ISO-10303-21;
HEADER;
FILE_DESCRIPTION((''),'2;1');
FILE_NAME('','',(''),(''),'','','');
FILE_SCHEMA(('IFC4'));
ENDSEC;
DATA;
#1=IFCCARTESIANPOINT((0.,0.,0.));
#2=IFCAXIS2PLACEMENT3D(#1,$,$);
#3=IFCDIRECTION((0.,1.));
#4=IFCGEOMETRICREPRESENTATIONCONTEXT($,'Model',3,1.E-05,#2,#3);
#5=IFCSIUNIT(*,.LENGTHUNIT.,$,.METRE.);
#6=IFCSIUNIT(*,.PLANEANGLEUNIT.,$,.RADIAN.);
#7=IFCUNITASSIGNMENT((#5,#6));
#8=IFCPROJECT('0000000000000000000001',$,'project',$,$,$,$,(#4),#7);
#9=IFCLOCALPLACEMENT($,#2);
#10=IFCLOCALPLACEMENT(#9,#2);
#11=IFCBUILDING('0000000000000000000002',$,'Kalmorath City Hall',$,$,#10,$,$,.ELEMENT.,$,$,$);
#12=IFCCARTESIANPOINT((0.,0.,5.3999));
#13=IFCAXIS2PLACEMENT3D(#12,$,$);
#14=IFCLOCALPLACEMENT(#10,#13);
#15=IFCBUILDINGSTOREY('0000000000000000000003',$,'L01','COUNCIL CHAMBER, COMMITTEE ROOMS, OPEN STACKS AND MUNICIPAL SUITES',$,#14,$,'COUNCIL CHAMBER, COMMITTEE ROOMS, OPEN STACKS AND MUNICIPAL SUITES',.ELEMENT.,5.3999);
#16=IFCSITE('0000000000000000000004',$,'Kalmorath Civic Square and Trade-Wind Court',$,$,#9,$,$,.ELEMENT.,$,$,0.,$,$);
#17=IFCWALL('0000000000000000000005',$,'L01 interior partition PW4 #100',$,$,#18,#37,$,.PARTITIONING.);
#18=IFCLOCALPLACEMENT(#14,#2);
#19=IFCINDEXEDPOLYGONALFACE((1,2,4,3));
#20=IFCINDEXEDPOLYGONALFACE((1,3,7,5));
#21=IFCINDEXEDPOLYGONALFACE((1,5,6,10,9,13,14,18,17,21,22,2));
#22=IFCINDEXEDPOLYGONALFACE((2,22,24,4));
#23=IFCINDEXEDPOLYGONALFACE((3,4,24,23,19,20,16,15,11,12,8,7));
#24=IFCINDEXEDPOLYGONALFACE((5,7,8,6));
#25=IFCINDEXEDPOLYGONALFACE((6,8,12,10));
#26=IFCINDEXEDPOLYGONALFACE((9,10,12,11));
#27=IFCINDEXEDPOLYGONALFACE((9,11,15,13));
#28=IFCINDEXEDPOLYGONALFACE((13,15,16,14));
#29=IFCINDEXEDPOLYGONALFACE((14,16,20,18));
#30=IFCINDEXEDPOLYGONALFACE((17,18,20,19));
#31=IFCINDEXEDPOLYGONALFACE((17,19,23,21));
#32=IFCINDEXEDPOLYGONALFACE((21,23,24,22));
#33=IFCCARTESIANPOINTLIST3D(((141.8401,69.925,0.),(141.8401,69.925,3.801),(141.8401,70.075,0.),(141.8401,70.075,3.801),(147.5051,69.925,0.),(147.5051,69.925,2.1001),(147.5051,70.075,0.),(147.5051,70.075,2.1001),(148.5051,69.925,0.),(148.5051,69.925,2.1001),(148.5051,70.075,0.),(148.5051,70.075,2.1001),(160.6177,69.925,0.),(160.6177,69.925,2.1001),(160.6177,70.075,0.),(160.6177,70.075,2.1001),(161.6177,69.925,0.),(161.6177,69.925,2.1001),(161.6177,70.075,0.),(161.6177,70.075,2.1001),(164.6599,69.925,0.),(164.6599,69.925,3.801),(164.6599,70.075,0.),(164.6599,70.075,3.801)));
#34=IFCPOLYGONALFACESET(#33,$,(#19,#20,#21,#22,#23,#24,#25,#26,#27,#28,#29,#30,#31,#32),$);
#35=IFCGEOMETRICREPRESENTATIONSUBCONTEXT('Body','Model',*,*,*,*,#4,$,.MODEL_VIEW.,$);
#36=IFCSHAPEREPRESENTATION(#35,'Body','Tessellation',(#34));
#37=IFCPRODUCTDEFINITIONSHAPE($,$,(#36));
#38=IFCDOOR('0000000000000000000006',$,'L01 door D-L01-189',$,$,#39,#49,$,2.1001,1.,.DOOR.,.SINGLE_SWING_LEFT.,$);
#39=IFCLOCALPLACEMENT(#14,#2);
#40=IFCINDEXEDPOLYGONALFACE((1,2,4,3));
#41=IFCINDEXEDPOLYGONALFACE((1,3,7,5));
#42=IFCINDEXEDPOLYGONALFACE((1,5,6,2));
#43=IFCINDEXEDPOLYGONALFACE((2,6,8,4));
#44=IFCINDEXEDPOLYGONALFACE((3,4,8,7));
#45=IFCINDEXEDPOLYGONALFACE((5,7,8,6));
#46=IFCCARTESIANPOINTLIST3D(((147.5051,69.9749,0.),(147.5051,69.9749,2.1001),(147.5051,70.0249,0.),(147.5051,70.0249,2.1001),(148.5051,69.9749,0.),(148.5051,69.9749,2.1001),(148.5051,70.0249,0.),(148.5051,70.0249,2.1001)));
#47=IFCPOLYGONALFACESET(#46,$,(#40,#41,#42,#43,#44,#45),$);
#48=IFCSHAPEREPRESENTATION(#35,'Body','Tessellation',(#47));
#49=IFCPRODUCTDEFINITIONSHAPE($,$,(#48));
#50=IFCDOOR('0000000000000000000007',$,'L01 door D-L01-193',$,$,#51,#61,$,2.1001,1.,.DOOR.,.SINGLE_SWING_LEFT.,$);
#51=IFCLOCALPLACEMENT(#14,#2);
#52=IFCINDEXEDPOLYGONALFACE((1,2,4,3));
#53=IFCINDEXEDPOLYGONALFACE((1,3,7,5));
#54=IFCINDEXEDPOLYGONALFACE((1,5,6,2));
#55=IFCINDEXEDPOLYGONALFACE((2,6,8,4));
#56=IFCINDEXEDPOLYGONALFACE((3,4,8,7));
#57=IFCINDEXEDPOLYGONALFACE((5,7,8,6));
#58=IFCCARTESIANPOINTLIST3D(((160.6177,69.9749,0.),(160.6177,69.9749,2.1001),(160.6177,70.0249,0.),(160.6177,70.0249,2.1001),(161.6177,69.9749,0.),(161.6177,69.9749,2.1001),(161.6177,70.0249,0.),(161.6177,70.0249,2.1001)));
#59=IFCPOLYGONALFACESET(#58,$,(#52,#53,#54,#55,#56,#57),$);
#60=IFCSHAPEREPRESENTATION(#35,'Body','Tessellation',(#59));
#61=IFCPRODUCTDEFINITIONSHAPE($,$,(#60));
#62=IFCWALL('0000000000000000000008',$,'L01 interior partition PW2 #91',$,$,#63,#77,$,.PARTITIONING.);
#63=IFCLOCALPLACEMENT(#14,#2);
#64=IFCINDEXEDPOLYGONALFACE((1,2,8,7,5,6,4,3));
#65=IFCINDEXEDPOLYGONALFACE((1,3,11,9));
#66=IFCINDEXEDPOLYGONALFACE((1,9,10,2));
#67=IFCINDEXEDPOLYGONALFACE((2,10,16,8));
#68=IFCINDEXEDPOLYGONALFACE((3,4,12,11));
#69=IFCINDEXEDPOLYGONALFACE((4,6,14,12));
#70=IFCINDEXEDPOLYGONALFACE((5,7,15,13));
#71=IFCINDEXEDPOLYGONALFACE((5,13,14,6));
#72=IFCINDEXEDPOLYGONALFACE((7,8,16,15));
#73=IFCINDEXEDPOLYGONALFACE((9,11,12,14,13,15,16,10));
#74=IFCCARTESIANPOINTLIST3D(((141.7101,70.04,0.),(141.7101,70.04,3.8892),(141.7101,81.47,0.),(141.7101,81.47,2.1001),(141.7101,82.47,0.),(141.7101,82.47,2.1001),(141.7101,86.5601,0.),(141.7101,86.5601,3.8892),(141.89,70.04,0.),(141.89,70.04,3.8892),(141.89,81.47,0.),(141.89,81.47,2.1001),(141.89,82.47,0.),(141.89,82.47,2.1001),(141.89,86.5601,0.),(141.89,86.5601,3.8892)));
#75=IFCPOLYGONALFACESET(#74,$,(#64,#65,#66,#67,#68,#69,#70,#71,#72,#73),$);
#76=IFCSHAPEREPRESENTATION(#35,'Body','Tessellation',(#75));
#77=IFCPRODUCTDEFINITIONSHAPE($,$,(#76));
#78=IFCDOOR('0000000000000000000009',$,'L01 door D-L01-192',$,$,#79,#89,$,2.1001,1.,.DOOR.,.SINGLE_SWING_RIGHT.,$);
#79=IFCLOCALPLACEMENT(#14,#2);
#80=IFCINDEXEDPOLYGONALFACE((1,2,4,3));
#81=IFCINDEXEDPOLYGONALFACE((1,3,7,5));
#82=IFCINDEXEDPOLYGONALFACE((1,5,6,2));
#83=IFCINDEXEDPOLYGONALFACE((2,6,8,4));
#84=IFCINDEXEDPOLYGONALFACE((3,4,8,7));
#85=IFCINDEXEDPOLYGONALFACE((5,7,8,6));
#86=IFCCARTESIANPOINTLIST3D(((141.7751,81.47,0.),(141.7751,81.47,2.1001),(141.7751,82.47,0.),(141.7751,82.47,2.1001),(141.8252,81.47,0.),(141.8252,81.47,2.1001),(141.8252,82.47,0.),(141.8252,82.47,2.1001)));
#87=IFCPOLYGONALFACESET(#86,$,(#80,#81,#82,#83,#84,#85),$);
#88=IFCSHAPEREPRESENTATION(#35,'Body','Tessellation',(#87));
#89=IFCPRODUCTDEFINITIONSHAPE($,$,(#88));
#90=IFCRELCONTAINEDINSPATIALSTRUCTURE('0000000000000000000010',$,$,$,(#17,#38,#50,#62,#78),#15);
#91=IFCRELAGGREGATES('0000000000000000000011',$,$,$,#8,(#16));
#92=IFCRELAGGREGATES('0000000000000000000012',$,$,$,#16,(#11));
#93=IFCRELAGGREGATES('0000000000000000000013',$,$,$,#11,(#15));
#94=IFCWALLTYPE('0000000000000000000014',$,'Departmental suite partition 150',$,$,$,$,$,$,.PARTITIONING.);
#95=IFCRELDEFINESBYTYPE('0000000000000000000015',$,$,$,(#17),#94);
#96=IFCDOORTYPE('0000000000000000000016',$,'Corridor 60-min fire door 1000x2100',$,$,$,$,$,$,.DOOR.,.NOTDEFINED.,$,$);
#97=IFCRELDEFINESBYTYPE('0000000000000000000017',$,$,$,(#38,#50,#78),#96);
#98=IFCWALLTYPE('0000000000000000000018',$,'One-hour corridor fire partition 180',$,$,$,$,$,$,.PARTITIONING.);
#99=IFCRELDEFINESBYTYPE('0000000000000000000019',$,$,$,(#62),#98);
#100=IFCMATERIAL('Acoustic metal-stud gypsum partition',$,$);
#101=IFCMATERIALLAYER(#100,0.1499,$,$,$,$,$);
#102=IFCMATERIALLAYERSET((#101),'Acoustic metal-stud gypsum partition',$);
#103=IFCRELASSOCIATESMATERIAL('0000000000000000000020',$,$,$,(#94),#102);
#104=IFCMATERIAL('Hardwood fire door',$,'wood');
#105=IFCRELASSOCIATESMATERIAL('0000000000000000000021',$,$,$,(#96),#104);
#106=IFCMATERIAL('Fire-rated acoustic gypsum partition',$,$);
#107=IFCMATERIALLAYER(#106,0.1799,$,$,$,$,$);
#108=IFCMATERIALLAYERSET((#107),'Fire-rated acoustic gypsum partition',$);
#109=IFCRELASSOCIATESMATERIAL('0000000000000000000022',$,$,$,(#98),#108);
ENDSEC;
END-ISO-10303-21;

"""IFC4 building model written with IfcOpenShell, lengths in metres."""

from ifc_helpers import new_model, si_unit, direction, frame, frame_2d, origin, place, context, subcontext, project, spatial, rectangle, extrude, material, layer, layer_set, type_object, element, fill, save


model = new_model("IFC4")

# Units and contexts
model_context = context("Model", 3, precision=1e-05, world=origin(), true_north=direction((0.0, 1.0)))
body_context = subcontext(model_context, "Body", "Model", "MODEL_VIEW")
ifc_project = project(units=[si_unit("LENGTHUNIT", "METRE"), si_unit("PLANEANGLEUNIT", "RADIAN")], contexts=[model_context])

# Site, building, storey
site_placement = place(None, origin())
site = spatial("IfcSite", under=ifc_project, at=site_placement, Name="Kalmorath Civic Square and Trade-Wind Court", CompositionType="ELEMENT", RefElevation=0.0)
building_placement = place(site_placement, origin())
building = spatial("IfcBuilding", under=site, at=building_placement, Name="Kalmorath City Hall", CompositionType="ELEMENT")
storey_placement = place(building_placement, frame((0.0, 0.0, 5.3999)))
storey = spatial("IfcBuildingStorey", under=building, at=storey_placement, Name="L01", Description="COUNCIL CHAMBER, COMMITTEE ROOMS, OPEN STACKS AND MUNICIPAL SUITES", LongName="COUNCIL CHAMBER, COMMITTEE ROOMS, OPEN STACKS AND MUNICIPAL SUITES", CompositionType="ELEMENT", Elevation=5.3999)

# Wall, openings, doors
ifc_material_1 = material(Name="Acoustic metal-stud gypsum partition")
ifc_layer_1 = layer(ifc_material_1, 0.1499)
ifc_layer_set_1 = layer_set([ifc_layer_1], Name="Acoustic metal-stud gypsum partition")
wall_type_1 = type_object("IfcWallType", Name="Departmental suite partition 150", PredefinedType="PARTITIONING", material=ifc_layer_set_1)
wall_1_placement = place(storey_placement, frame((141.8401, 70.0, 0.0), z_axis=(0.0, 0.0, 1.0), x_axis=(1.0, 0.0, 0.0)))
wall_1 = element("IfcWall", 1, at=wall_1_placement, inside=storey, type_object=wall_type_1, Name="L01 interior partition PW4 #100", PredefinedType="PARTITIONING", context=body_context, shape_type="SweptSolid", body=[
    extrude(rectangle(XDim=22.8198, YDim=0.1499, at=frame_2d((11.4099, 0.0))), origin(), (0.0, 0.0, 1.0), 3.801),
])
opening_1_placement = place(wall_1_placement, frame((5.665, 0.0, 0.0)))
opening_1 = element("IfcOpeningElement", 2, at=opening_1_placement, cuts=wall_1, PredefinedType="OPENING", context=body_context, shape_type="SweptSolid", body=[
    extrude(rectangle(XDim=1.0, YDim=2.1001, at=frame_2d((0.5, 1.05))), frame((0.0, 0.085, 0.0), z_axis=(0.0, -1.0, 0.0), x_axis=(1.0, 0.0, 0.0)), (0.0, 0.0, 1.0), 0.1699),
])
opening_2_placement = place(wall_1_placement, frame((18.7776, 0.0, 0.0)))
opening_2 = element("IfcOpeningElement", 3, at=opening_2_placement, cuts=wall_1, PredefinedType="OPENING", context=body_context, shape_type="SweptSolid", body=[
    extrude(rectangle(XDim=1.0, YDim=2.1001, at=frame_2d((0.5, 1.05))), frame((0.0, 0.085, 0.0), z_axis=(0.0, -1.0, 0.0), x_axis=(1.0, 0.0, 0.0)), (0.0, 0.0, 1.0), 0.1699),
])
ifc_material_2 = material(Name="Hardwood fire door", Category="wood")
door_type = type_object("IfcDoorType", Name="Corridor 60-min fire door 1000x2100", OperationType="NOTDEFINED", PredefinedType="DOOR", material=ifc_material_2)
door_1_placement = place(opening_1_placement, origin())
door_1 = element("IfcDoor", 4, at=door_1_placement, inside=storey, type_object=door_type, Name="L01 door D-L01-189", OperationType="SINGLE_SWING_LEFT", OverallHeight=2.1001, OverallWidth=1.0, PredefinedType="DOOR", context=body_context, shape_type="SweptSolid", body=[
    extrude(rectangle(XDim=1.0, YDim=2.1001, at=frame_2d((0.5, 1.05))), frame((0.0, 0.0249, 0.0), z_axis=(0.0, -1.0, 0.0), x_axis=(1.0, 0.0, 0.0)), (0.0, 0.0, 1.0), 0.05),
])
fill(opening_1, door_1)
door_2_placement = place(opening_2_placement, origin())
door_2 = element("IfcDoor", 5, at=door_2_placement, inside=storey, type_object=door_type, Name="L01 door D-L01-193", OperationType="SINGLE_SWING_LEFT", OverallHeight=2.1001, OverallWidth=1.0, PredefinedType="DOOR", context=body_context, shape_type="SweptSolid", body=[
    extrude(rectangle(XDim=1.0, YDim=2.1001, at=frame_2d((0.5, 1.05))), frame((0.0, 0.0249, 0.0), z_axis=(0.0, -1.0, 0.0), x_axis=(1.0, 0.0, 0.0)), (0.0, 0.0, 1.0), 0.05),
])
fill(opening_2, door_2)

# Wall, opening, door
ifc_material_3 = material(Name="Fire-rated acoustic gypsum partition")
ifc_layer_2 = layer(ifc_material_3, 0.1799)
ifc_layer_set_2 = layer_set([ifc_layer_2], Name="Fire-rated acoustic gypsum partition")
wall_type_2 = type_object("IfcWallType", Name="One-hour corridor fire partition 180", PredefinedType="PARTITIONING", material=ifc_layer_set_2)
wall_2_placement = place(storey_placement, frame((141.8, 70.04, 0.0), z_axis=(0.0, 0.0, 1.0), x_axis=(0.0, 1.0, 0.0)))
wall_2 = element("IfcWall", 6, at=wall_2_placement, inside=storey, type_object=wall_type_2, Name="L01 interior partition PW2 #91", PredefinedType="PARTITIONING", context=body_context, shape_type="SweptSolid", body=[
    extrude(rectangle(XDim=16.52, YDim=0.1799, at=frame_2d((8.26, 0.0))), origin(), (0.0, 0.0, 1.0), 3.8892),
])
opening_3_placement = place(wall_2_placement, frame((11.4299, 0.0, 0.0)))
opening_3 = element("IfcOpeningElement", 7, at=opening_3_placement, cuts=wall_2, PredefinedType="OPENING", context=body_context, shape_type="SweptSolid", body=[
    extrude(rectangle(XDim=1.0, YDim=2.1001, at=frame_2d((0.5, 1.05))), frame((0.0, 0.0999, 0.0), z_axis=(0.0, -1.0, 0.0), x_axis=(1.0, 0.0, 0.0)), (0.0, 0.0, 1.0), 0.2),
])
door_3_placement = place(opening_3_placement, origin())
door_3 = element("IfcDoor", 8, at=door_3_placement, inside=storey, type_object=door_type, Name="L01 door D-L01-192", OperationType="SINGLE_SWING_RIGHT", OverallHeight=2.1001, OverallWidth=1.0, PredefinedType="DOOR", context=body_context, shape_type="SweptSolid", body=[
    extrude(rectangle(XDim=1.0, YDim=2.1001, at=frame_2d((0.5, 1.05))), frame((0.0, 0.0249, 0.0), z_axis=(0.0, -1.0, 0.0), x_axis=(1.0, 0.0, 0.0)), (0.0, 0.0, 1.0), 0.05),
])
fill(opening_3, door_3)

save(model, "model.ifc")
